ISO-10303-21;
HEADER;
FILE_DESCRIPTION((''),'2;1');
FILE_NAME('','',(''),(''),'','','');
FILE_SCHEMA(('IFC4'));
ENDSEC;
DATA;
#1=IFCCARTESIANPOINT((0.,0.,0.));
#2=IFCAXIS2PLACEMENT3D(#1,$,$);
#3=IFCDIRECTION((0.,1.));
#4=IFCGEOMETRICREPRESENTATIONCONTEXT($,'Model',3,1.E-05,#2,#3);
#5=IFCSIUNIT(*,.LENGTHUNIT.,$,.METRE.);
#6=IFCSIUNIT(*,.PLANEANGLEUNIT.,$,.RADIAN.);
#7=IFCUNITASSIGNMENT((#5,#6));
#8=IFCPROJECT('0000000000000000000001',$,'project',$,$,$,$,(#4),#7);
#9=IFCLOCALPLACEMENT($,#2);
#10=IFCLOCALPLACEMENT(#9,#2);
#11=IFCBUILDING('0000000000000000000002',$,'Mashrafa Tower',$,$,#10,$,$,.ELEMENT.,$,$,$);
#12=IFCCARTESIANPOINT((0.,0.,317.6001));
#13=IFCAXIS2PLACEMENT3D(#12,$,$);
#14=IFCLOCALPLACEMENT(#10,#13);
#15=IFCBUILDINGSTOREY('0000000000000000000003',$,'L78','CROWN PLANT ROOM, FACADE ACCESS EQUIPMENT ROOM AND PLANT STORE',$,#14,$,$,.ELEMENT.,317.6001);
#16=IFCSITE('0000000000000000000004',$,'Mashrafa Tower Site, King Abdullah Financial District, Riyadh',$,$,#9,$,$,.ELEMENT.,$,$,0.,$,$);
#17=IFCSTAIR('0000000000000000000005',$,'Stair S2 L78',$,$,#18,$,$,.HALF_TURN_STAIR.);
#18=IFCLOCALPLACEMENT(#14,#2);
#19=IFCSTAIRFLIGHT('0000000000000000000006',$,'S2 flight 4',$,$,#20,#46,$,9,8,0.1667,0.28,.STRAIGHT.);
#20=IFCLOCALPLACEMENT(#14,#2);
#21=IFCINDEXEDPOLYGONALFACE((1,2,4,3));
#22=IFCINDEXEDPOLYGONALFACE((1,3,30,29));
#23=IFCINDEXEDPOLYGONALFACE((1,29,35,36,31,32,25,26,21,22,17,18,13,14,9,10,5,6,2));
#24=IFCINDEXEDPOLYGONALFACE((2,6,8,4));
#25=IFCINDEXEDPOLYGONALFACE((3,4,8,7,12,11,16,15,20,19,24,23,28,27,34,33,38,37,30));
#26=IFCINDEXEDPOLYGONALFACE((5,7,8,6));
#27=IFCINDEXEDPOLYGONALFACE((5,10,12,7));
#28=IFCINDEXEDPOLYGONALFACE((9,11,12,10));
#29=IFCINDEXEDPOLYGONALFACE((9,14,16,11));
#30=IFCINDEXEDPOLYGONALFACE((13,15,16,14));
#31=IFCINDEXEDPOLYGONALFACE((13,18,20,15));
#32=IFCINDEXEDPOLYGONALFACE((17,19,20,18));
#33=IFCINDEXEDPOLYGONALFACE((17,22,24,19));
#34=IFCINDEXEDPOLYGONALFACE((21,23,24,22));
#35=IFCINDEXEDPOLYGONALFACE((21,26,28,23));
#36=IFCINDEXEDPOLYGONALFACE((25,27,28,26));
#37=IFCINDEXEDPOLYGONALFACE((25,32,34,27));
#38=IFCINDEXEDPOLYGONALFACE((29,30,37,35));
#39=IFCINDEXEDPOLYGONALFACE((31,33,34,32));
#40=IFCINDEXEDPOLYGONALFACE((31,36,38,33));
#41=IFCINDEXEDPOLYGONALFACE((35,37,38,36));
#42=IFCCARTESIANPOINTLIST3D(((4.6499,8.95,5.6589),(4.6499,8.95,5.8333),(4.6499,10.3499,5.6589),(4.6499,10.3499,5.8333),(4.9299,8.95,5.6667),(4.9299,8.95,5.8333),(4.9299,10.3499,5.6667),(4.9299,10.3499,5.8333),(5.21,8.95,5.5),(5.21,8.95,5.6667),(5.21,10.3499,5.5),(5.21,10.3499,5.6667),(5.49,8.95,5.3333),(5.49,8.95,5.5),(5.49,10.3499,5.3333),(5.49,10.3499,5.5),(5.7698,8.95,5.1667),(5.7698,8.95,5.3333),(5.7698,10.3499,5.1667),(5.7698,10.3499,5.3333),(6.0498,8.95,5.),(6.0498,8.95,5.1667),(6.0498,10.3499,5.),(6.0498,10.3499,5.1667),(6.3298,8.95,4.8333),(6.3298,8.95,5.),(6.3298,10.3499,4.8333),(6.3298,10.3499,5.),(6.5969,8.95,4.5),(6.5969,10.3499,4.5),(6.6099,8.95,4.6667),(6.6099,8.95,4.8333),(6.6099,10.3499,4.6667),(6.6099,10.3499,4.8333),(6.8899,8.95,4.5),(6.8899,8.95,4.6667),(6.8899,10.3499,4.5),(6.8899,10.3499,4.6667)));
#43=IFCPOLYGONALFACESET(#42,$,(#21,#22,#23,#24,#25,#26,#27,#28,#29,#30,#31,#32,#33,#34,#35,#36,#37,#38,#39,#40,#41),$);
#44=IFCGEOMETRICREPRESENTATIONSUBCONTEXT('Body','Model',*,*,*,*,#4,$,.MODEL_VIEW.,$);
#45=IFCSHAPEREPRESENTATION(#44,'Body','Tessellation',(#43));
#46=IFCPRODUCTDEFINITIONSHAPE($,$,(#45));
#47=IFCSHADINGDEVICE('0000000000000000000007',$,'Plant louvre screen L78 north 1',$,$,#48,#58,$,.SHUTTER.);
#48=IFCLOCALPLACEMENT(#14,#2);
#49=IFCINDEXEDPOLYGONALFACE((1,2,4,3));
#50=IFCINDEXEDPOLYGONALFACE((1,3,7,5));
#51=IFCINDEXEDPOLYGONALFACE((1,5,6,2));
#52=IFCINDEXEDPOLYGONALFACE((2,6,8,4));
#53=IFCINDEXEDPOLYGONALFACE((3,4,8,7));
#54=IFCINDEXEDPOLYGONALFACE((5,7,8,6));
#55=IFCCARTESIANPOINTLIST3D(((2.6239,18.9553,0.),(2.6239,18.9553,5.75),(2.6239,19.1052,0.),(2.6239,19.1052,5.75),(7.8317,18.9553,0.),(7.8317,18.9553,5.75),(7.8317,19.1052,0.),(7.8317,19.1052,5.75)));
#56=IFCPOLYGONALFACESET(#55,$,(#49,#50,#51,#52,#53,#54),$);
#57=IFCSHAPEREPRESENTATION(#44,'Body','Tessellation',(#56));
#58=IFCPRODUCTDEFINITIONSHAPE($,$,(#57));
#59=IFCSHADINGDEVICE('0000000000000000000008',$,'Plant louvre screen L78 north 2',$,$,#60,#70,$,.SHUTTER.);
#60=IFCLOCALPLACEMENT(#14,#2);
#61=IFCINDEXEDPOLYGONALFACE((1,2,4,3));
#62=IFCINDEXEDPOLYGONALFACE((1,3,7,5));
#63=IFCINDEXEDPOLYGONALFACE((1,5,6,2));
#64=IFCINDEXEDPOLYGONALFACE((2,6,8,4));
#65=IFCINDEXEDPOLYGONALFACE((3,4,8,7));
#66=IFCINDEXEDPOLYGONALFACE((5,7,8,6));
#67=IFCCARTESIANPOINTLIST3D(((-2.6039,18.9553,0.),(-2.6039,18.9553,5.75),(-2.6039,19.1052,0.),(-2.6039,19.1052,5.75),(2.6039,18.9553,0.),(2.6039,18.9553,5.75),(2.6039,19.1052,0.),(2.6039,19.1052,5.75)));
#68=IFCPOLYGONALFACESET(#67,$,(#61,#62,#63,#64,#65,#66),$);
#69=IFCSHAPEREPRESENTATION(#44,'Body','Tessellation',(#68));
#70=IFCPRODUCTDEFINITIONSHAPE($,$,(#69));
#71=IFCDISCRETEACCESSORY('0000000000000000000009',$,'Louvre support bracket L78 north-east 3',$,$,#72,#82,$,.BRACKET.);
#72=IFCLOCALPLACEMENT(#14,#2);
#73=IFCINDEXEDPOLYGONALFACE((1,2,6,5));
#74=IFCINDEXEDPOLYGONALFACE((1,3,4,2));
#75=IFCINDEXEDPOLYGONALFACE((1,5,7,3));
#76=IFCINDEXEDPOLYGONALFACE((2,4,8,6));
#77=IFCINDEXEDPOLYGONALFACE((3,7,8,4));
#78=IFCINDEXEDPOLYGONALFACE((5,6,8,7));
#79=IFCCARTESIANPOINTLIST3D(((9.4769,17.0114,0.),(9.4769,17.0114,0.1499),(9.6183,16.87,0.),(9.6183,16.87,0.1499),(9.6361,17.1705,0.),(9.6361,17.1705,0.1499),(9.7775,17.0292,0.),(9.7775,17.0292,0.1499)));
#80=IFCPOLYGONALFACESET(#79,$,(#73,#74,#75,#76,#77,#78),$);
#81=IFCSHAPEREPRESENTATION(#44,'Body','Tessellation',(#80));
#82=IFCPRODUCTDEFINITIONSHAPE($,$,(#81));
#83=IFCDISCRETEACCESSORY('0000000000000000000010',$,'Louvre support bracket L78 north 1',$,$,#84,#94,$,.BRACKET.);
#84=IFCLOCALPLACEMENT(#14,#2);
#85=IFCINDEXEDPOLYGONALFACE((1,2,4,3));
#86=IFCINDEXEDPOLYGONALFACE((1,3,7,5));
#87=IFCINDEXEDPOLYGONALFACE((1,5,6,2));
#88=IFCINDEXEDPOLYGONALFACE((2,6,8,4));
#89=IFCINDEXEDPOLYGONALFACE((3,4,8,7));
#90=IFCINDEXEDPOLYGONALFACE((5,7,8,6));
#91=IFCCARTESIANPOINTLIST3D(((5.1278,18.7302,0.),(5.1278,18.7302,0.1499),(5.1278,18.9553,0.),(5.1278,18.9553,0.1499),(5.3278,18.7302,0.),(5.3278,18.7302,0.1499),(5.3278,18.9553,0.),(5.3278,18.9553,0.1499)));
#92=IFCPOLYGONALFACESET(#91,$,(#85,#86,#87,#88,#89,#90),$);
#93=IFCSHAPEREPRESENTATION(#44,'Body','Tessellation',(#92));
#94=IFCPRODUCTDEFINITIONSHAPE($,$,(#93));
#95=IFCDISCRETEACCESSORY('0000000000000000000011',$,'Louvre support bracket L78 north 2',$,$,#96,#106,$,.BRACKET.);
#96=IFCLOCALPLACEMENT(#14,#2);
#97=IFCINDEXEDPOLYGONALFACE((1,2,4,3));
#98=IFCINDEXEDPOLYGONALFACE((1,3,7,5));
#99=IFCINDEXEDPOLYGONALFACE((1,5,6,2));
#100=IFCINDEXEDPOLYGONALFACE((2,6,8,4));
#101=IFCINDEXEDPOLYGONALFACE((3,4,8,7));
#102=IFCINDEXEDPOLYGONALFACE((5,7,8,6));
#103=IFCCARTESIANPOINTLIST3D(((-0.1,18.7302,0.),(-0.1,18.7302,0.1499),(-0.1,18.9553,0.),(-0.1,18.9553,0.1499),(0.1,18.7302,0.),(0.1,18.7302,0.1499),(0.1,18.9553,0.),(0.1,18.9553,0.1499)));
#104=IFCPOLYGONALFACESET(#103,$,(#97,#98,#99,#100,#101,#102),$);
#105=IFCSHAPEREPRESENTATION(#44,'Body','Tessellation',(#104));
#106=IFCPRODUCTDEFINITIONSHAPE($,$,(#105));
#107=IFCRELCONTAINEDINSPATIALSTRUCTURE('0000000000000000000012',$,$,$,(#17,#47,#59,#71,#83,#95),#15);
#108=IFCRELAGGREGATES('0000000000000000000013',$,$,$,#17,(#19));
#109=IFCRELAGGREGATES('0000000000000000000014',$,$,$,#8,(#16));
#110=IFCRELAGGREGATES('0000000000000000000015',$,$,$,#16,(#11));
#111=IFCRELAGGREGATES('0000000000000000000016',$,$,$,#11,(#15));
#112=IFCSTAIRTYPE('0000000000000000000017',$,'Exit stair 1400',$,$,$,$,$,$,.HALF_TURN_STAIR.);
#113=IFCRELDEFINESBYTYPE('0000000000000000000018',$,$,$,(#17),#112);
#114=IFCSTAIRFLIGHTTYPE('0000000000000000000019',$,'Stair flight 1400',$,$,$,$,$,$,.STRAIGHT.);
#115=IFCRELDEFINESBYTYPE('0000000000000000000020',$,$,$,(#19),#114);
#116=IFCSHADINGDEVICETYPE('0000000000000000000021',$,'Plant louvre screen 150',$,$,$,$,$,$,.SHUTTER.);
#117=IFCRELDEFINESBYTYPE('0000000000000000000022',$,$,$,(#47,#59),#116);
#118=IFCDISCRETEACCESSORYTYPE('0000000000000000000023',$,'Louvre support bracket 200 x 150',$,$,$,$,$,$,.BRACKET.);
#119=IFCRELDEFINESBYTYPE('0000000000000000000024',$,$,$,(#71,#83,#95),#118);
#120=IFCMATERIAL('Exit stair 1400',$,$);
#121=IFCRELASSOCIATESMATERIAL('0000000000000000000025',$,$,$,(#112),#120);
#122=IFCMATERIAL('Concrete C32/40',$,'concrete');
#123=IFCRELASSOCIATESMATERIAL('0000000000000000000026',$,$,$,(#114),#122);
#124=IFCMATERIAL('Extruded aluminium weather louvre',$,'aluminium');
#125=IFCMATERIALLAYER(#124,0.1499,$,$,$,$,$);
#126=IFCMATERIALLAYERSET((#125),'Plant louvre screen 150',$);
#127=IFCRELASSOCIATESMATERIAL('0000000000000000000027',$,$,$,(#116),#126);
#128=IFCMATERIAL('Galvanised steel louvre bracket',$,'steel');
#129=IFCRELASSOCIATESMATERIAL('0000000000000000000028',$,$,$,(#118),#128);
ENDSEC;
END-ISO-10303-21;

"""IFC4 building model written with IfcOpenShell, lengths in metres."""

from ifc_helpers import new_model, si_unit, direction, frame, origin, origin_2d, place, context, subcontext, project, spatial, polyline, rectangle, outline, extrude, source, transform, mapped, material, layer, layer_set, type_object, type_shapes, element, aggregate, save


model = new_model("IFC4")

# Units and contexts
model_context = context("Model", 3, precision=1e-05, world=origin(), true_north=direction((0.0, 1.0)))
body_context = subcontext(model_context, "Body", "Model", "MODEL_VIEW")
ifc_project = project(units=[si_unit("LENGTHUNIT", "METRE"), si_unit("PLANEANGLEUNIT", "RADIAN")], contexts=[model_context])

# Site, building, storey
site_placement = place(None, origin())
site = spatial("IfcSite", under=ifc_project, at=site_placement, Name="Mashrafa Tower Site, King Abdullah Financial District, Riyadh", CompositionType="ELEMENT", RefElevation=0.0)
building_placement = place(site_placement, origin())
building = spatial("IfcBuilding", under=site, at=building_placement, Name="Mashrafa Tower", CompositionType="ELEMENT")
storey_placement = place(building_placement, frame((0.0, 0.0, 317.6001)))
storey = spatial("IfcBuildingStorey", under=building, at=storey_placement, Name="L78", Description="CROWN PLANT ROOM, FACADE ACCESS EQUIPMENT ROOM AND PLANT STORE", CompositionType="ELEMENT", Elevation=317.6001)

# Stair, stair flight
ifc_material_1 = material(Name="Exit stair 1400")
stair_type = type_object("IfcStairType", Name="Exit stair 1400", PredefinedType="HALF_TURN_STAIR", material=ifc_material_1)
stair_placement = place(storey_placement, origin())
stair = element("IfcStair", 1, at=stair_placement, inside=storey, type_object=stair_type, Name="Stair S2 L78", PredefinedType="HALF_TURN_STAIR")
ifc_material_2 = material(Name="Concrete C32/40", Category="concrete")
stair_flight_type = type_object("IfcStairFlightType", Name="Stair flight 1400", PredefinedType="STRAIGHT", material=ifc_material_2)
stair_flight_1_placement = place(storey_placement, frame((6.8899, 9.6499, 4.5), z_axis=(0.0, 0.0, 1.0), x_axis=(-1.0, 0.0, 0.0)))
stair_flight_1 = element("IfcStairFlight", 2, at=stair_flight_1_placement, type_object=stair_flight_type, Name="S2 flight 4", NumberOfRisers=9, NumberOfTreads=8, PredefinedType="STRAIGHT", RiserHeight=0.1667, TreadLength=0.28, context=body_context, shape_type="SweptSolid", body=[
    extrude(outline(polyline([(0.0, 0.0), (0.0, 0.1667), (0.28, 0.1667), (0.28, 0.3333), (0.5601, 0.3333), (0.5601, 0.5), (0.8401, 0.5), (0.8401, 0.6667), (1.1201, 0.6667), (1.1201, 0.8333), (1.3999, 0.8333), (1.3999, 1.0), (1.6799, 1.0), (1.6799, 1.1667), (1.96, 1.1667), (1.96, 1.3333), (2.24, 1.3333), (2.24, 1.5), (2.24, 1.1589), (0.293, 0.0), (0.0, 0.0)])), frame((0.0, 0.7, 0.0), z_axis=(0.0, -1.0, 0.0), x_axis=(1.0, 0.0, 0.0)), (0.0, 0.0, 1.0), 1.3999),
])
aggregate(stair, [stair_flight_1])

# Shading devices
ifc_material_3 = material(Name="Extruded aluminium weather louvre", Category="aluminium")
ifc_layer_1 = layer(ifc_material_3, 0.1499)
ifc_layer_set_1 = layer_set([ifc_layer_1], Name="Plant louvre screen 150")
shading_device_type = type_object("IfcShadingDeviceType", Name="Plant louvre screen 150", PredefinedType="SHUTTER", material=ifc_layer_set_1)
shared_shape_1 = source(origin(), body_context, "Body", "SweptSolid", [
    extrude(rectangle(XDim=5.2078, YDim=0.1499, at=origin_2d()), origin(), (0.0, 0.0, 1.0), 5.75),
])
type_shapes(shading_device_type, [shared_shape_1])
for number, where, z_axis, x_axis, name in (
    (3, (5.2278, 19.0303, 0.0), (0.0, 0.0, 1.0), (-1.0, 0.0, 0.0), "Plant louvre screen L78 north 1"),
    (4, (0.0, 19.0303, 0.0), (0.0, 0.0, 1.0), (-1.0, 0.0, 0.0), "Plant louvre screen L78 north 2"),
):
    element("IfcShadingDevice", number, at=place(storey_placement, frame(where, z_axis=z_axis, x_axis=x_axis)), inside=storey, type_object=shading_device_type, Name=name, PredefinedType="SHUTTER", context=body_context, shape_type="MappedRepresentation", body=[
        mapped(shared_shape_1, transform((0.0, 0.0, 0.0))),
    ])

# Discrete accessories
ifc_material_4 = material(Name="Galvanised steel louvre bracket", Category="steel")
discrete_accessory_type = type_object("IfcDiscreteAccessoryType", Name="Louvre support bracket 200 x 150", PredefinedType="BRACKET", material=ifc_material_4)
shared_shape_2 = source(origin(), body_context, "Body", "SweptSolid", [
    extrude(rectangle(XDim=0.2, YDim=0.2251, at=origin_2d()), origin(), (0.0, 0.0, 1.0), 0.1499),
])
type_shapes(discrete_accessory_type, [shared_shape_2])
for number, where, z_axis, x_axis, name in (
    (5, (9.6272, 17.0203, 0.0), (0.0, 0.0, 1.0), (-0.707107, 0.707107, 0.0), "Louvre support bracket L78 north-east 3"),
    (6, (5.2278, 18.8428, 0.0), (0.0, 0.0, 1.0), (-1.0, 0.0, 0.0), "Louvre support bracket L78 north 1"),
    (7, (0.0, 18.8428, 0.0), (0.0, 0.0, 1.0), (-1.0, 0.0, 0.0), "Louvre support bracket L78 north 2"),
):
    element("IfcDiscreteAccessory", number, at=place(storey_placement, frame(where, z_axis=z_axis, x_axis=x_axis)), inside=storey, type_object=discrete_accessory_type, Name=name, PredefinedType="BRACKET", context=body_context, shape_type="MappedRepresentation", body=[
        mapped(shared_shape_2, transform((0.0, 0.0, 0.0))),
    ])

save(model, "model.ifc")
